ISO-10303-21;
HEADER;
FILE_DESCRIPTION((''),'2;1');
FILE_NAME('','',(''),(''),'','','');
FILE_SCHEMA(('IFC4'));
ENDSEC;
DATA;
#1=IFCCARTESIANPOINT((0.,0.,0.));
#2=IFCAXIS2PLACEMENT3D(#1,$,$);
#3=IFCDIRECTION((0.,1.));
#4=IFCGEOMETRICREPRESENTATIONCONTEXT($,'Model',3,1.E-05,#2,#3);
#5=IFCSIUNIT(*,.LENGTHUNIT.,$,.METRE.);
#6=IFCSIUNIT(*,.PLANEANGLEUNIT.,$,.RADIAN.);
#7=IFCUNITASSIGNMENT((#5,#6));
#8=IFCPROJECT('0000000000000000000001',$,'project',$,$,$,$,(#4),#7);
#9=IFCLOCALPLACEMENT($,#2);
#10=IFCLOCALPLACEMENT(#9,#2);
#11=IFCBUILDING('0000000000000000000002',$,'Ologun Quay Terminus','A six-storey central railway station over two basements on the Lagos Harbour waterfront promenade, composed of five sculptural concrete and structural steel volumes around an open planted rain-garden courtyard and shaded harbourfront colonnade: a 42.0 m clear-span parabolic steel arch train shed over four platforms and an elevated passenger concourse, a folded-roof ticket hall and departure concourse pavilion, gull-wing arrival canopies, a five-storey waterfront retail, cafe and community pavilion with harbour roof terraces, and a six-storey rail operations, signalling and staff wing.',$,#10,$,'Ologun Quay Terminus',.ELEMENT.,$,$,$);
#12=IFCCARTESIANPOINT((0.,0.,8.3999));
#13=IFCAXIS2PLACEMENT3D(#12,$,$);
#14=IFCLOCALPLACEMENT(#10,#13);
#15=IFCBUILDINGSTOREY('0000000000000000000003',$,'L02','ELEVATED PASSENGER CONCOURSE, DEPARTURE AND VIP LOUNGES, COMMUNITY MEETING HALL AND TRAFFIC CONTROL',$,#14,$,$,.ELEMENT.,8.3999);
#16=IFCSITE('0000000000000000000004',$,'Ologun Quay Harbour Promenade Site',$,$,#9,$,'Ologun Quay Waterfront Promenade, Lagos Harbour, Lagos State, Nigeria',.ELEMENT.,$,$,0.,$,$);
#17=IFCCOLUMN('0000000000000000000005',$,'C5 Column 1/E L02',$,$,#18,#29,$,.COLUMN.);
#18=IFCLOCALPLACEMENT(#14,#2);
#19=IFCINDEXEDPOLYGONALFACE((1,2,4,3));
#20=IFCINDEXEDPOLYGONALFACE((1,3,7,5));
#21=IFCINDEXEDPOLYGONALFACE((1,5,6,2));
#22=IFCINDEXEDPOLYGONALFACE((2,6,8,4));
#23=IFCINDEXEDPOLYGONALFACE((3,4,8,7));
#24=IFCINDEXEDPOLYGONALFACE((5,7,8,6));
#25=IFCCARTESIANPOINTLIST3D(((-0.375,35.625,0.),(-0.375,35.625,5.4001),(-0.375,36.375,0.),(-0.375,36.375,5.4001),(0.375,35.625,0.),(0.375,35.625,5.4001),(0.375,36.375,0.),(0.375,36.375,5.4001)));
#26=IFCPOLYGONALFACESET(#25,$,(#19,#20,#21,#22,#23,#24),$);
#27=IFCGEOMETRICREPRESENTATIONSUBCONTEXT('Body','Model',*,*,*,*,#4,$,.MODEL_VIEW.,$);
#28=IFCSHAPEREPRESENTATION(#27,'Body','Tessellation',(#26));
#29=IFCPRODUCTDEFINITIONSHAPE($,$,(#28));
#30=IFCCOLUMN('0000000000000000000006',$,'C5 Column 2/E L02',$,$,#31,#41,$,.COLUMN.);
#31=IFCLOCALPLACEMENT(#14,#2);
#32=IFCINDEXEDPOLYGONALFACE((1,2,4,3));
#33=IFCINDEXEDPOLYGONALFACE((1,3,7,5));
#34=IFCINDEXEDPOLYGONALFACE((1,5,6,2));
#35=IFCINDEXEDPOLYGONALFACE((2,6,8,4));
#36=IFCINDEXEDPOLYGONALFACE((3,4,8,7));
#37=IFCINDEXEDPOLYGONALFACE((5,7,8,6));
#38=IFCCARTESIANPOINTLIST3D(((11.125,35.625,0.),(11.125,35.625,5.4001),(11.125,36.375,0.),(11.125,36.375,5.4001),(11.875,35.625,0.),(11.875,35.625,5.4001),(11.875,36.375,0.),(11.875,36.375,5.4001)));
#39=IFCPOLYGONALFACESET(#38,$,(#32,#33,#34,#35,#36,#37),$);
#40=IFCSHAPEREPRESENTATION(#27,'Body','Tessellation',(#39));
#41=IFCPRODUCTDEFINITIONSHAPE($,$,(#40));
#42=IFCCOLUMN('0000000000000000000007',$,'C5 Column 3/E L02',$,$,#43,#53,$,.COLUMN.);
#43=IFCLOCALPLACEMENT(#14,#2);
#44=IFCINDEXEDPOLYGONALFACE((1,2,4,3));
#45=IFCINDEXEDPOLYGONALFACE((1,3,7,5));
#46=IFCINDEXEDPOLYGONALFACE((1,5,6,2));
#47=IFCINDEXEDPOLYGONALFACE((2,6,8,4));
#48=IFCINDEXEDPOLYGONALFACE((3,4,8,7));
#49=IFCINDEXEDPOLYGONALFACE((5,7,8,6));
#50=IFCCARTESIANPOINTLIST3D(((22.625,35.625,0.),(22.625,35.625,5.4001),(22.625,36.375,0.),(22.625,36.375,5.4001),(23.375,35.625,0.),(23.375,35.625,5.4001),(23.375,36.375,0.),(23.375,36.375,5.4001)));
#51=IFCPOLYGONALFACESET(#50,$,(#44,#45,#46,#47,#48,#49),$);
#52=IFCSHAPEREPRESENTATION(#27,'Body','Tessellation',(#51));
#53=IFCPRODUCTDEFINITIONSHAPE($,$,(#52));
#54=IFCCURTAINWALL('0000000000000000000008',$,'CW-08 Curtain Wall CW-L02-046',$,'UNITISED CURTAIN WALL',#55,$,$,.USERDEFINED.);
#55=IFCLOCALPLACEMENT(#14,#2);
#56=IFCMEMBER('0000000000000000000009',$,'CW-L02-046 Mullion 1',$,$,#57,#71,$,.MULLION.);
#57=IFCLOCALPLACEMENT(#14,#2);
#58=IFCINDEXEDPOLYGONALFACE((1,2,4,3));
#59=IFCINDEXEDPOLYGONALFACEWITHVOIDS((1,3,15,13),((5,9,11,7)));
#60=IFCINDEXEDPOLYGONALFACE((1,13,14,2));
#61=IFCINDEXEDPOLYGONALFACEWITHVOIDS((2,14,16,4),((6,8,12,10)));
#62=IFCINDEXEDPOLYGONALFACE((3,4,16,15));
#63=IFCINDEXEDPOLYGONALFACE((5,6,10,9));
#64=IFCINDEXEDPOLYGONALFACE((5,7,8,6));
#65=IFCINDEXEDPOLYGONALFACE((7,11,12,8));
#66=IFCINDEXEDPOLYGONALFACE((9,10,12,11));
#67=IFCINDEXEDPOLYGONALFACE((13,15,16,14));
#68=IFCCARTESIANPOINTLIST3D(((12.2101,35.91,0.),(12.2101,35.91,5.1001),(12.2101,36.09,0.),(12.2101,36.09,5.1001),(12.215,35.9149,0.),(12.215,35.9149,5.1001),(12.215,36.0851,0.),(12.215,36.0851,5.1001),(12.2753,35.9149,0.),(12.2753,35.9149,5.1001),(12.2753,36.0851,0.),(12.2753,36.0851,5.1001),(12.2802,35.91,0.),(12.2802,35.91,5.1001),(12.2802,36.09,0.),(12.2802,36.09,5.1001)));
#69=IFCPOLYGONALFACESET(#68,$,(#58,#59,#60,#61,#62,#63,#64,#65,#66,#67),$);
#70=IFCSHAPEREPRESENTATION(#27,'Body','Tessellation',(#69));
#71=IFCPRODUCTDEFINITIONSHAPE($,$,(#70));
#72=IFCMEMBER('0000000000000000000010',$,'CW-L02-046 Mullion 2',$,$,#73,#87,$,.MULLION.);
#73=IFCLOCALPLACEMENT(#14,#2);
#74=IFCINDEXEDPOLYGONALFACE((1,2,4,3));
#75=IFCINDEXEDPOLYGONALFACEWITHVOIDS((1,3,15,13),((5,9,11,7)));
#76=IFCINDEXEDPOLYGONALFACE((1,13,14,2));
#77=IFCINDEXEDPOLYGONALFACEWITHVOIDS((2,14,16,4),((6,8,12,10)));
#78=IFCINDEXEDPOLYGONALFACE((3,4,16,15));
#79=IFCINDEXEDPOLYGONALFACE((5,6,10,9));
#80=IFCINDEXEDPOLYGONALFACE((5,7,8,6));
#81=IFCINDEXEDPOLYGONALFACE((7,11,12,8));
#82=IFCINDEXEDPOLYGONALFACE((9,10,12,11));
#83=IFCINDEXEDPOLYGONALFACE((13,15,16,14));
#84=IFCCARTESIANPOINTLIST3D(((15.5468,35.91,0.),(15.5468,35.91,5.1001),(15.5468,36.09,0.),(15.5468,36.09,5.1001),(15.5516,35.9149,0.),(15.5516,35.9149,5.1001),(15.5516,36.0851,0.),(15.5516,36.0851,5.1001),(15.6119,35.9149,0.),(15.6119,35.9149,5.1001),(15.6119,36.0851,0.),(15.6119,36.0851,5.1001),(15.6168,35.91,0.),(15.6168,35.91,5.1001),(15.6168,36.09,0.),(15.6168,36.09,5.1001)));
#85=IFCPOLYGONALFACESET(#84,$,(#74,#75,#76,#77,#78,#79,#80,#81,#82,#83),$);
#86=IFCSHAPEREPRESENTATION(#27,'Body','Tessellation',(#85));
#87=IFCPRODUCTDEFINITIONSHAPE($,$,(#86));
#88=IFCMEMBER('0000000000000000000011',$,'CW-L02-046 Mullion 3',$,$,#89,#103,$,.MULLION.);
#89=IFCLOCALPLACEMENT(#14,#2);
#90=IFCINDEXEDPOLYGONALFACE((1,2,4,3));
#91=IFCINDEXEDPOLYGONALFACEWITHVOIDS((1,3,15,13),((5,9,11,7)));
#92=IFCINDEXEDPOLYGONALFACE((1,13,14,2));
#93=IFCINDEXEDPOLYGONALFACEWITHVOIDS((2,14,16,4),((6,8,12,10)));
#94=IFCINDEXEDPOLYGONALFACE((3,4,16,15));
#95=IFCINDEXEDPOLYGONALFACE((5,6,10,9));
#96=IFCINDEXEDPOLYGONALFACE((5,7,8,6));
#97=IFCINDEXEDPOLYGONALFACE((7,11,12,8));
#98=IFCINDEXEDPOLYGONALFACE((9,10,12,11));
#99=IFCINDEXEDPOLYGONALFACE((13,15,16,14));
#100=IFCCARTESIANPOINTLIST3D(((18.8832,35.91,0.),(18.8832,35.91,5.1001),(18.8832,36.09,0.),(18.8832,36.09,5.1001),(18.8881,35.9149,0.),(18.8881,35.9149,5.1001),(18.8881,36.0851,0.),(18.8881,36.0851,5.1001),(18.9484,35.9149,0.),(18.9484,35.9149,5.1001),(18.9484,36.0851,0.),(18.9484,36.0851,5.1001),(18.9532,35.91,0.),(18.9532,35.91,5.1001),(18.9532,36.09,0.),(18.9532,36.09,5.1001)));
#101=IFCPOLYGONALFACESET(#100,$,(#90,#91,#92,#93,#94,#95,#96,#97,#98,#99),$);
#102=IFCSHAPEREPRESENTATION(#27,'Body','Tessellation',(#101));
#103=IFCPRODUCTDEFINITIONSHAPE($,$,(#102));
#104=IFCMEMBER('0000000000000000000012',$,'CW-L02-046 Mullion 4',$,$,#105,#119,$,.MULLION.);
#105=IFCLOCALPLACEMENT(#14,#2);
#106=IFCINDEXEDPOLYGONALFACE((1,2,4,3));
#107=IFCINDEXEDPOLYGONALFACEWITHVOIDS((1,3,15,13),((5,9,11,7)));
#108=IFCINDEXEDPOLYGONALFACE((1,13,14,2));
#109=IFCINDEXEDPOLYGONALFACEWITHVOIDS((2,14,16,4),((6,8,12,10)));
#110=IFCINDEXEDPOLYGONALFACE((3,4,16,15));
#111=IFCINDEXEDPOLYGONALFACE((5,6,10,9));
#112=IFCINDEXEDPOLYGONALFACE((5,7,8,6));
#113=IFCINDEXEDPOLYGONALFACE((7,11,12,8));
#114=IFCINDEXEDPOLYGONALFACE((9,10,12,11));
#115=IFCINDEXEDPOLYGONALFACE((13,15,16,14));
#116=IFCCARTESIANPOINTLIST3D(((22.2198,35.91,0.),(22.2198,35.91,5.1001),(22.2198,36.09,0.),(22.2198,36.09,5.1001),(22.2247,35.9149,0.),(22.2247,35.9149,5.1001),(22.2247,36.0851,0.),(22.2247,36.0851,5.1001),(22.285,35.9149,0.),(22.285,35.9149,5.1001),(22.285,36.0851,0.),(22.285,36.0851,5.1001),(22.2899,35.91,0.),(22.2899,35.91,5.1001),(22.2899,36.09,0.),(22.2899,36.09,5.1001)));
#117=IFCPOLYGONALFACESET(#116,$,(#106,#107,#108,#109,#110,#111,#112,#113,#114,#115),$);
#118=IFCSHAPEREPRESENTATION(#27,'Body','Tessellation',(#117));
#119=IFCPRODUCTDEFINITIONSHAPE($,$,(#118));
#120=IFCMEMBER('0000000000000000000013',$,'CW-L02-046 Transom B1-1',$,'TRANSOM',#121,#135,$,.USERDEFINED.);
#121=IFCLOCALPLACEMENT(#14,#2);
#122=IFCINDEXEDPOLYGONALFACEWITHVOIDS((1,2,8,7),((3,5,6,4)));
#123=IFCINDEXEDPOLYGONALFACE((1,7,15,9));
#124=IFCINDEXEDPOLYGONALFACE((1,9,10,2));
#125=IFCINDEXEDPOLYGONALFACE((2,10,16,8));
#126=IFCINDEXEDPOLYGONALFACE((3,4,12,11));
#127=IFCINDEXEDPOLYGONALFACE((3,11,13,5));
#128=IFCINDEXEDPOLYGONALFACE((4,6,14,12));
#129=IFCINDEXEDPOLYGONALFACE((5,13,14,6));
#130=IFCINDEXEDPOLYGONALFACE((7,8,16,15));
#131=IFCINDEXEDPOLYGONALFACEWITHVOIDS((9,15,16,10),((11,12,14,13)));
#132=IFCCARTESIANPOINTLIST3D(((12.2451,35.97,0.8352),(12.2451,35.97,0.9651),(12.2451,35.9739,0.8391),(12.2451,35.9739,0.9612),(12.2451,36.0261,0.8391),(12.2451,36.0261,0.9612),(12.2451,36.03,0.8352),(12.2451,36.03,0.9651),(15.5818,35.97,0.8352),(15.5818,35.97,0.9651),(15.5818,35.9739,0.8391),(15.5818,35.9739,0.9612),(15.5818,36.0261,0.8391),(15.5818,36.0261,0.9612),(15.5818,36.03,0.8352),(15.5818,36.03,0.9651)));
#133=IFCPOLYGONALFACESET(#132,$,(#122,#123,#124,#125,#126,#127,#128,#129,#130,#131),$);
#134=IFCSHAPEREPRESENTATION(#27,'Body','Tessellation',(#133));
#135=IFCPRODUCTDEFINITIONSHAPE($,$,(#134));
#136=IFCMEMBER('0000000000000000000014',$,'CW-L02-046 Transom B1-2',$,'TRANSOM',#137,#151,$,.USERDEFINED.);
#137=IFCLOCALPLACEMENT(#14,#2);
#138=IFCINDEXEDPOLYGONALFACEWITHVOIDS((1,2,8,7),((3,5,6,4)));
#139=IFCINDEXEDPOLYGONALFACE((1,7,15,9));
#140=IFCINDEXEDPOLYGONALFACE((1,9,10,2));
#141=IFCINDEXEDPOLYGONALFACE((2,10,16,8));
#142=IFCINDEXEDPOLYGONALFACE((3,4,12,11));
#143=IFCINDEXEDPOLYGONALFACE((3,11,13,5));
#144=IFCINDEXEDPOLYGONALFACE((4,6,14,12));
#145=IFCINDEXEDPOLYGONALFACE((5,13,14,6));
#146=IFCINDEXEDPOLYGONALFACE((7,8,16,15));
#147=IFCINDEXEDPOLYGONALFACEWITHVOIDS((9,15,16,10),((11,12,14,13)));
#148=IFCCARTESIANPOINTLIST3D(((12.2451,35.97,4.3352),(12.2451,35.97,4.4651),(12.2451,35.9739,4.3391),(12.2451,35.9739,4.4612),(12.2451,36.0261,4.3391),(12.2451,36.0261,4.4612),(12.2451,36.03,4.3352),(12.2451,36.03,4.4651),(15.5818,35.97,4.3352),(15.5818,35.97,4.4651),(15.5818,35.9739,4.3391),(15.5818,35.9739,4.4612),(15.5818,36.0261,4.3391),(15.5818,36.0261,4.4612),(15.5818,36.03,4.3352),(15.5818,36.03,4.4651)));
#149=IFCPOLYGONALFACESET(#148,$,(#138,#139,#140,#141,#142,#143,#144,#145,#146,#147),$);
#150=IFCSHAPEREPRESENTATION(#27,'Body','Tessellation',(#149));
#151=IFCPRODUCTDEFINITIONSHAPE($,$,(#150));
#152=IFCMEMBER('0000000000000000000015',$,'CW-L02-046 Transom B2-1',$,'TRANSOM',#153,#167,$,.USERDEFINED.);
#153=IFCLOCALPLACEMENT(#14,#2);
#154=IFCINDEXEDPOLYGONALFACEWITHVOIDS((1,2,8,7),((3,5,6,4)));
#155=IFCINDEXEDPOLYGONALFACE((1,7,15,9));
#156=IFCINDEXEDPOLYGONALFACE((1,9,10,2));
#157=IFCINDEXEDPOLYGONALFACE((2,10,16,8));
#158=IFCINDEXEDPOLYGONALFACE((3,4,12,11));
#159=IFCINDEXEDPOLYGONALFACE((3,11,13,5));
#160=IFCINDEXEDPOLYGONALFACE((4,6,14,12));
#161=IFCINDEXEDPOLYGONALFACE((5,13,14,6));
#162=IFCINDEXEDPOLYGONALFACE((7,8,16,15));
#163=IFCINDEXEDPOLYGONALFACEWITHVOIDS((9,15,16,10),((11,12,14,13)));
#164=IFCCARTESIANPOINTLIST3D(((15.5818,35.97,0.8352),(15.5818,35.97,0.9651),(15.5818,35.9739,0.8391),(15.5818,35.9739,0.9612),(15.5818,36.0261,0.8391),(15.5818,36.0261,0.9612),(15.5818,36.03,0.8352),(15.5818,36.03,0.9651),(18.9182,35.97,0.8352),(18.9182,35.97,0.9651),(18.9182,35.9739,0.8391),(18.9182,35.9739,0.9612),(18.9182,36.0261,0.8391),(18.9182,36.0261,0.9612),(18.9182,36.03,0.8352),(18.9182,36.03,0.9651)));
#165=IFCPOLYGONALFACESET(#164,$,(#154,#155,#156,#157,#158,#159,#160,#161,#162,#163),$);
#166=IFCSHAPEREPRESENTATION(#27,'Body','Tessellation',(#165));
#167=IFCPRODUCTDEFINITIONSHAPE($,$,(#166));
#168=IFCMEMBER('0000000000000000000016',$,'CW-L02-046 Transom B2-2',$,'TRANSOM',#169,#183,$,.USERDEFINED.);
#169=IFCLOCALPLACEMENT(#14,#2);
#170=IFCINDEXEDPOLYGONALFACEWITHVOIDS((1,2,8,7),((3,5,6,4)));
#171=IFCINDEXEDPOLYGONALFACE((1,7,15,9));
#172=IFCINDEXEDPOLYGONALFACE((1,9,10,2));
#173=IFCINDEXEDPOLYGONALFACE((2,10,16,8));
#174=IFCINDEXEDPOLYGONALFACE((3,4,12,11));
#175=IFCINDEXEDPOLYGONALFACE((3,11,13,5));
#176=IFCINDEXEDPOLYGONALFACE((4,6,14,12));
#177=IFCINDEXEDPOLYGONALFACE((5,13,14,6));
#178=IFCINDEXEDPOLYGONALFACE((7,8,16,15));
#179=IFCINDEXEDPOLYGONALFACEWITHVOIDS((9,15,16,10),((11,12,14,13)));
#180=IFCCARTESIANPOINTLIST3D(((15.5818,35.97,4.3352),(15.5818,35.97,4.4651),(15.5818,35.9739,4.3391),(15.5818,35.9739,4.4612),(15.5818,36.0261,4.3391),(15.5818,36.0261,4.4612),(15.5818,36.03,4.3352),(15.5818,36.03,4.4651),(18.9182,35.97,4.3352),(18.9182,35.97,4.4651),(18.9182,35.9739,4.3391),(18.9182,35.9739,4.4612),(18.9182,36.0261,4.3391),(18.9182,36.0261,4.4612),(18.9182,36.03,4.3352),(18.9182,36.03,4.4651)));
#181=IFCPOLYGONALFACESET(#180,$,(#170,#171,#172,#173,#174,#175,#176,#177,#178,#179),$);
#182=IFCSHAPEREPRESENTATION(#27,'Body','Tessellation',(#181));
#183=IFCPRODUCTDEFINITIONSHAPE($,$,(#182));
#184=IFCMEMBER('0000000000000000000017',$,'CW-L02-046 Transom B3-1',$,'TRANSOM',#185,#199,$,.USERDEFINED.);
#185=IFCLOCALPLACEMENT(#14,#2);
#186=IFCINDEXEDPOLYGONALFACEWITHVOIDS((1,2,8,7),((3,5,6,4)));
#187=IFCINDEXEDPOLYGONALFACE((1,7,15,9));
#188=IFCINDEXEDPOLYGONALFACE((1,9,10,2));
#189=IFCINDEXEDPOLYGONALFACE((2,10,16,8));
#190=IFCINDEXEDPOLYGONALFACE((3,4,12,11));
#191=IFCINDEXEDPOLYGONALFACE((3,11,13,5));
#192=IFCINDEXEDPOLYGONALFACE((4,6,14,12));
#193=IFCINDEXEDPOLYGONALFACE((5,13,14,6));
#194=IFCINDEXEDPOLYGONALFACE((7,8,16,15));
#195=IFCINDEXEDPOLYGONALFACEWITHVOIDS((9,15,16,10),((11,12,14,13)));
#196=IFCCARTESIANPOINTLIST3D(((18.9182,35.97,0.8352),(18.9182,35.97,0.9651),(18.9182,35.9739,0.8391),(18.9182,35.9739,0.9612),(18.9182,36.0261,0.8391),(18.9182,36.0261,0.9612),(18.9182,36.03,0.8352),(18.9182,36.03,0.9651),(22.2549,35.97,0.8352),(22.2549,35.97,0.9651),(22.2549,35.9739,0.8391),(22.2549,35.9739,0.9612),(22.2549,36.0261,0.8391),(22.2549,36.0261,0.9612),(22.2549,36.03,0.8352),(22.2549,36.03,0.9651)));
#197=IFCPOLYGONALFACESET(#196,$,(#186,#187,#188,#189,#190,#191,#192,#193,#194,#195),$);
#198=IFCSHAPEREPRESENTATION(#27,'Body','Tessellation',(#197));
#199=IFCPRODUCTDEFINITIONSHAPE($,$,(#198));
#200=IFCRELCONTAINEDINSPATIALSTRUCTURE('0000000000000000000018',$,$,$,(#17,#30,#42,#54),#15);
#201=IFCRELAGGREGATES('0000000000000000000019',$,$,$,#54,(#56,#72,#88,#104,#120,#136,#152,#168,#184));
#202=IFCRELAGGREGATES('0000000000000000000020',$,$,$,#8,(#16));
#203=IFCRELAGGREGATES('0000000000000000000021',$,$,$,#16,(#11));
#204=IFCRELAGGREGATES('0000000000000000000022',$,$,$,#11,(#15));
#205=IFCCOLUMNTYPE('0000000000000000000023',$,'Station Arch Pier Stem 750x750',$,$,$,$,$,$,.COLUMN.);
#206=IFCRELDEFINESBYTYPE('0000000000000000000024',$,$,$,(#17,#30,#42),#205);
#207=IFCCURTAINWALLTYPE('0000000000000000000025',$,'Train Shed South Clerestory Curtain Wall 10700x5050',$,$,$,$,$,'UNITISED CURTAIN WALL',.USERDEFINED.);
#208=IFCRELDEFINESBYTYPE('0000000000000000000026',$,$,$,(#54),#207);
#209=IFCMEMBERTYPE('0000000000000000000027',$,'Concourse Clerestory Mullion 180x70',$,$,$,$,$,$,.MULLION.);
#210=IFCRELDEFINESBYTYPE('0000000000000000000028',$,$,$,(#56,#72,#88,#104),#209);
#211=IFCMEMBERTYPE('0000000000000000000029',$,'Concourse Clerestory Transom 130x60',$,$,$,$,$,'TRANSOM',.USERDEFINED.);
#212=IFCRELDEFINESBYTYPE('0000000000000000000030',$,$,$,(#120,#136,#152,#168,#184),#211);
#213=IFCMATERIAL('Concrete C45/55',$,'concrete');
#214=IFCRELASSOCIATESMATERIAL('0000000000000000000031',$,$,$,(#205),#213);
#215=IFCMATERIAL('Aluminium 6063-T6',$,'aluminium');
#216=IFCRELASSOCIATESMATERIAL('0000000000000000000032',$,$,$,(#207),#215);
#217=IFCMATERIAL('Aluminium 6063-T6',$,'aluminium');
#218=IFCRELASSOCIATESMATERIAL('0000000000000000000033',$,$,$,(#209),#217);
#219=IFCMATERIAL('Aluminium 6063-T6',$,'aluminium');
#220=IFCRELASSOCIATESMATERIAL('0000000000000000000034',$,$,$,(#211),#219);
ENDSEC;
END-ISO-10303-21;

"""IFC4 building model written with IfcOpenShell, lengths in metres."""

from ifc_helpers import new_model, si_unit, direction, frame, origin, origin_2d, place, context, subcontext, project, spatial, rectangle, hollow_rectangle, extrude, material, material_profile, profile_set, type_object, element, aggregate, save


model = new_model("IFC4")

# Units and contexts
model_context = context("Model", 3, precision=1e-05, world=origin(), true_north=direction((0.0, 1.0)))
body_context = subcontext(model_context, "Body", "Model", "MODEL_VIEW")
ifc_project = project(units=[si_unit("LENGTHUNIT", "METRE"), si_unit("PLANEANGLEUNIT", "RADIAN")], contexts=[model_context])

# Site, building, storey
site_placement = place(None, origin())
site = spatial("IfcSite", under=ifc_project, at=site_placement, Name="Ologun Quay Harbour Promenade Site", LongName="Ologun Quay Waterfront Promenade, Lagos Harbour, Lagos State, Nigeria", CompositionType="ELEMENT", RefElevation=0.0)
building_placement = place(site_placement, origin())
building = spatial("IfcBuilding", under=site, at=building_placement, Name="Ologun Quay Terminus", Description="A six-storey central railway station over two basements on the Lagos Harbour waterfront promenade, composed of five sculptural concrete and structural steel volumes around an open planted rain-garden courtyard and shaded harbourfront colonnade: a 42.0 m clear-span parabolic steel arch train shed over four platforms and an elevated passenger concourse, a folded-roof ticket hall and departure concourse pavilion, gull-wing arrival canopies, a five-storey waterfront retail, cafe and community pavilion with harbour roof terraces, and a six-storey rail operations, signalling and staff wing.", LongName="Ologun Quay Terminus", CompositionType="ELEMENT")
storey_placement = place(building_placement, frame((0.0, 0.0, 8.3999)))
storey = spatial("IfcBuildingStorey", under=building, at=storey_placement, Name="L02", Description="ELEVATED PASSENGER CONCOURSE, DEPARTURE AND VIP LOUNGES, COMMUNITY MEETING HALL AND TRAFFIC CONTROL", CompositionType="ELEMENT", Elevation=8.3999)

# Columns
ifc_material_1 = material(Name="Concrete C45/55", Category="concrete")
ifc_material_profile_1 = material_profile(ifc_material_1, rectangle(XDim=0.75, YDim=0.75, at=origin_2d()), Name="RC 750x750")
ifc_profile_set_1 = profile_set([ifc_material_profile_1], Name="Concrete C45/55")
column_type = type_object("IfcColumnType", Name="Station Arch Pier Stem 750x750", PredefinedType="COLUMN", material=ifc_profile_set_1)
for number, where, z_axis, x_axis, name in (
    (1, (0.0, 36.0, 0.0), (0.0, 0.0, 1.0), (1.0, 0.0, 0.0), "C5 Column 1/E L02"),
    (2, (11.5, 36.0, 0.0), (0.0, 0.0, 1.0), (1.0, 0.0, 0.0), "C5 Column 2/E L02"),
    (3, (23.0, 36.0, 0.0), (0.0, 0.0, 1.0), (1.0, 0.0, 0.0), "C5 Column 3/E L02"),
):
    element("IfcColumn", number, at=place(storey_placement, frame(where, z_axis=z_axis, x_axis=x_axis)), inside=storey, type_object=column_type, Name=name, PredefinedType="COLUMN", context=body_context, shape_type="SweptSolid", body=[
        extrude(rectangle(XDim=0.75, YDim=0.75, at=origin_2d()), origin(), (0.0, 0.0, 1.0), 5.4001),
    ])

# Curtain wall, members
ifc_material_2 = material(Name="Aluminium 6063-T6", Category="aluminium")
curtain_wall_type = type_object("IfcCurtainWallType", Name="Train Shed South Clerestory Curtain Wall 10700x5050", ElementType="UNITISED CURTAIN WALL", PredefinedType="USERDEFINED", material=ifc_material_2)
curtain_wall_placement = place(storey_placement, origin())
curtain_wall = element("IfcCurtainWall", 4, at=curtain_wall_placement, inside=storey, type_object=curtain_wall_type, Name="CW-08 Curtain Wall CW-L02-046", ObjectType="UNITISED CURTAIN WALL", PredefinedType="USERDEFINED")
ifc_material_3 = material(Name="Aluminium 6063-T6", Category="aluminium")
ifc_material_profile_2 = material_profile(ifc_material_3, hollow_rectangle(XDim=0.0701, YDim=0.1799, WallThickness=0.0049, at=origin_2d()), Name="ALU 180x70x5")
ifc_profile_set_2 = profile_set([ifc_material_profile_2], Name="Aluminium 6063-T6")
member_type_1 = type_object("IfcMemberType", Name="Concourse Clerestory Mullion 180x70", PredefinedType="MULLION", material=ifc_profile_set_2)
member_1_placement = place(storey_placement, frame((12.2451, 36.0, 0.0), z_axis=(0.0, 0.0, 1.0), x_axis=(1.0, 0.0, 0.0)))
member_1 = element("IfcMember", 5, at=member_1_placement, type_object=member_type_1, Name="CW-L02-046 Mullion 1", PredefinedType="MULLION", context=body_context, shape_type="SweptSolid", body=[
    extrude(hollow_rectangle(XDim=0.0701, YDim=0.1799, WallThickness=0.0049, at=origin_2d()), origin(), (0.0, 0.0, 1.0), 5.1001),
])
member_2_placement = place(storey_placement, frame((15.5818, 36.0, 0.0), z_axis=(0.0, 0.0, 1.0), x_axis=(1.0, 0.0, 0.0)))
member_2 = element("IfcMember", 6, at=member_2_placement, type_object=member_type_1, Name="CW-L02-046 Mullion 2", PredefinedType="MULLION", context=body_context, shape_type="SweptSolid", body=[
    extrude(hollow_rectangle(XDim=0.0701, YDim=0.1799, WallThickness=0.0049, at=origin_2d()), origin(), (0.0, 0.0, 1.0), 5.1001),
])
member_3_placement = place(storey_placement, frame((18.9182, 36.0, 0.0), z_axis=(0.0, 0.0, 1.0), x_axis=(1.0, 0.0, 0.0)))
member_3 = element("IfcMember", 7, at=member_3_placement, type_object=member_type_1, Name="CW-L02-046 Mullion 3", PredefinedType="MULLION", context=body_context, shape_type="SweptSolid", body=[
    extrude(hollow_rectangle(XDim=0.0701, YDim=0.1799, WallThickness=0.0049, at=origin_2d()), origin(), (0.0, 0.0, 1.0), 5.1001),
])
member_4_placement = place(storey_placement, frame((22.2549, 36.0, 0.0), z_axis=(0.0, 0.0, 1.0), x_axis=(1.0, 0.0, 0.0)))
member_4 = element("IfcMember", 8, at=member_4_placement, type_object=member_type_1, Name="CW-L02-046 Mullion 4", PredefinedType="MULLION", context=body_context, shape_type="SweptSolid", body=[
    extrude(hollow_rectangle(XDim=0.0701, YDim=0.1799, WallThickness=0.0049, at=origin_2d()), origin(), (0.0, 0.0, 1.0), 5.1001),
])
ifc_material_4 = material(Name="Aluminium 6063-T6", Category="aluminium")
ifc_material_profile_3 = material_profile(ifc_material_4, hollow_rectangle(XDim=0.0601, YDim=0.1299, WallThickness=0.0039, at=origin_2d()), Name="ALU 130x60x4")
ifc_profile_set_3 = profile_set([ifc_material_profile_3], Name="Aluminium 6063-T6")
member_type_2 = type_object("IfcMemberType", Name="Concourse Clerestory Transom 130x60", ElementType="TRANSOM", PredefinedType="USERDEFINED", material=ifc_profile_set_3)
member_5_placement = place(storey_placement, frame((12.2451, 36.0, 0.9001), z_axis=(1.0, 0.0, 0.0), x_axis=(0.0, 1.0, 0.0)))
member_5 = element("IfcMember", 9, at=member_5_placement, type_object=member_type_2, Name="CW-L02-046 Transom B1-1", ObjectType="TRANSOM", PredefinedType="USERDEFINED", context=body_context, shape_type="SweptSolid", body=[
    extrude(hollow_rectangle(XDim=0.0601, YDim=0.1299, WallThickness=0.0039, at=origin_2d()), origin(), (0.0, 0.0, 1.0), 3.3367),
])
member_6_placement = place(storey_placement, frame((12.2451, 36.0, 4.4001), z_axis=(1.0, 0.0, 0.0), x_axis=(0.0, 1.0, 0.0)))
member_6 = element("IfcMember", 10, at=member_6_placement, type_object=member_type_2, Name="CW-L02-046 Transom B1-2", ObjectType="TRANSOM", PredefinedType="USERDEFINED", context=body_context, shape_type="SweptSolid", body=[
    extrude(hollow_rectangle(XDim=0.0601, YDim=0.1299, WallThickness=0.0039, at=origin_2d()), origin(), (0.0, 0.0, 1.0), 3.3367),
])
member_7_placement = place(storey_placement, frame((15.5818, 36.0, 0.9001), z_axis=(1.0, 0.0, 0.0), x_axis=(0.0, 1.0, 0.0)))
member_7 = element("IfcMember", 11, at=member_7_placement, type_object=member_type_2, Name="CW-L02-046 Transom B2-1", ObjectType="TRANSOM", PredefinedType="USERDEFINED", context=body_context, shape_type="SweptSolid", body=[
    extrude(hollow_rectangle(XDim=0.0601, YDim=0.1299, WallThickness=0.0039, at=origin_2d()), origin(), (0.0, 0.0, 1.0), 3.3364),
])
member_8_placement = place(storey_placement, frame((15.5818, 36.0, 4.4001), z_axis=(1.0, 0.0, 0.0), x_axis=(0.0, 1.0, 0.0)))
member_8 = element("IfcMember", 12, at=member_8_placement, type_object=member_type_2, Name="CW-L02-046 Transom B2-2", ObjectType="TRANSOM", PredefinedType="USERDEFINED", context=body_context, shape_type="SweptSolid", body=[
    extrude(hollow_rectangle(XDim=0.0601, YDim=0.1299, WallThickness=0.0039, at=origin_2d()), origin(), (0.0, 0.0, 1.0), 3.3364),
])
member_9_placement = place(storey_placement, frame((18.9182, 36.0, 0.9001), z_axis=(1.0, 0.0, 0.0), x_axis=(0.0, 1.0, 0.0)))
member_9 = element("IfcMember", 13, at=member_9_placement, type_object=member_type_2, Name="CW-L02-046 Transom B3-1", ObjectType="TRANSOM", PredefinedType="USERDEFINED", context=body_context, shape_type="SweptSolid", body=[
    extrude(hollow_rectangle(XDim=0.0601, YDim=0.1299, WallThickness=0.0039, at=origin_2d()), origin(), (0.0, 0.0, 1.0), 3.3367),
])

aggregate(curtain_wall, [member_1, member_2, member_3, member_4, member_5, member_6, member_7, member_8, member_9])

save(model, "model.ifc")
